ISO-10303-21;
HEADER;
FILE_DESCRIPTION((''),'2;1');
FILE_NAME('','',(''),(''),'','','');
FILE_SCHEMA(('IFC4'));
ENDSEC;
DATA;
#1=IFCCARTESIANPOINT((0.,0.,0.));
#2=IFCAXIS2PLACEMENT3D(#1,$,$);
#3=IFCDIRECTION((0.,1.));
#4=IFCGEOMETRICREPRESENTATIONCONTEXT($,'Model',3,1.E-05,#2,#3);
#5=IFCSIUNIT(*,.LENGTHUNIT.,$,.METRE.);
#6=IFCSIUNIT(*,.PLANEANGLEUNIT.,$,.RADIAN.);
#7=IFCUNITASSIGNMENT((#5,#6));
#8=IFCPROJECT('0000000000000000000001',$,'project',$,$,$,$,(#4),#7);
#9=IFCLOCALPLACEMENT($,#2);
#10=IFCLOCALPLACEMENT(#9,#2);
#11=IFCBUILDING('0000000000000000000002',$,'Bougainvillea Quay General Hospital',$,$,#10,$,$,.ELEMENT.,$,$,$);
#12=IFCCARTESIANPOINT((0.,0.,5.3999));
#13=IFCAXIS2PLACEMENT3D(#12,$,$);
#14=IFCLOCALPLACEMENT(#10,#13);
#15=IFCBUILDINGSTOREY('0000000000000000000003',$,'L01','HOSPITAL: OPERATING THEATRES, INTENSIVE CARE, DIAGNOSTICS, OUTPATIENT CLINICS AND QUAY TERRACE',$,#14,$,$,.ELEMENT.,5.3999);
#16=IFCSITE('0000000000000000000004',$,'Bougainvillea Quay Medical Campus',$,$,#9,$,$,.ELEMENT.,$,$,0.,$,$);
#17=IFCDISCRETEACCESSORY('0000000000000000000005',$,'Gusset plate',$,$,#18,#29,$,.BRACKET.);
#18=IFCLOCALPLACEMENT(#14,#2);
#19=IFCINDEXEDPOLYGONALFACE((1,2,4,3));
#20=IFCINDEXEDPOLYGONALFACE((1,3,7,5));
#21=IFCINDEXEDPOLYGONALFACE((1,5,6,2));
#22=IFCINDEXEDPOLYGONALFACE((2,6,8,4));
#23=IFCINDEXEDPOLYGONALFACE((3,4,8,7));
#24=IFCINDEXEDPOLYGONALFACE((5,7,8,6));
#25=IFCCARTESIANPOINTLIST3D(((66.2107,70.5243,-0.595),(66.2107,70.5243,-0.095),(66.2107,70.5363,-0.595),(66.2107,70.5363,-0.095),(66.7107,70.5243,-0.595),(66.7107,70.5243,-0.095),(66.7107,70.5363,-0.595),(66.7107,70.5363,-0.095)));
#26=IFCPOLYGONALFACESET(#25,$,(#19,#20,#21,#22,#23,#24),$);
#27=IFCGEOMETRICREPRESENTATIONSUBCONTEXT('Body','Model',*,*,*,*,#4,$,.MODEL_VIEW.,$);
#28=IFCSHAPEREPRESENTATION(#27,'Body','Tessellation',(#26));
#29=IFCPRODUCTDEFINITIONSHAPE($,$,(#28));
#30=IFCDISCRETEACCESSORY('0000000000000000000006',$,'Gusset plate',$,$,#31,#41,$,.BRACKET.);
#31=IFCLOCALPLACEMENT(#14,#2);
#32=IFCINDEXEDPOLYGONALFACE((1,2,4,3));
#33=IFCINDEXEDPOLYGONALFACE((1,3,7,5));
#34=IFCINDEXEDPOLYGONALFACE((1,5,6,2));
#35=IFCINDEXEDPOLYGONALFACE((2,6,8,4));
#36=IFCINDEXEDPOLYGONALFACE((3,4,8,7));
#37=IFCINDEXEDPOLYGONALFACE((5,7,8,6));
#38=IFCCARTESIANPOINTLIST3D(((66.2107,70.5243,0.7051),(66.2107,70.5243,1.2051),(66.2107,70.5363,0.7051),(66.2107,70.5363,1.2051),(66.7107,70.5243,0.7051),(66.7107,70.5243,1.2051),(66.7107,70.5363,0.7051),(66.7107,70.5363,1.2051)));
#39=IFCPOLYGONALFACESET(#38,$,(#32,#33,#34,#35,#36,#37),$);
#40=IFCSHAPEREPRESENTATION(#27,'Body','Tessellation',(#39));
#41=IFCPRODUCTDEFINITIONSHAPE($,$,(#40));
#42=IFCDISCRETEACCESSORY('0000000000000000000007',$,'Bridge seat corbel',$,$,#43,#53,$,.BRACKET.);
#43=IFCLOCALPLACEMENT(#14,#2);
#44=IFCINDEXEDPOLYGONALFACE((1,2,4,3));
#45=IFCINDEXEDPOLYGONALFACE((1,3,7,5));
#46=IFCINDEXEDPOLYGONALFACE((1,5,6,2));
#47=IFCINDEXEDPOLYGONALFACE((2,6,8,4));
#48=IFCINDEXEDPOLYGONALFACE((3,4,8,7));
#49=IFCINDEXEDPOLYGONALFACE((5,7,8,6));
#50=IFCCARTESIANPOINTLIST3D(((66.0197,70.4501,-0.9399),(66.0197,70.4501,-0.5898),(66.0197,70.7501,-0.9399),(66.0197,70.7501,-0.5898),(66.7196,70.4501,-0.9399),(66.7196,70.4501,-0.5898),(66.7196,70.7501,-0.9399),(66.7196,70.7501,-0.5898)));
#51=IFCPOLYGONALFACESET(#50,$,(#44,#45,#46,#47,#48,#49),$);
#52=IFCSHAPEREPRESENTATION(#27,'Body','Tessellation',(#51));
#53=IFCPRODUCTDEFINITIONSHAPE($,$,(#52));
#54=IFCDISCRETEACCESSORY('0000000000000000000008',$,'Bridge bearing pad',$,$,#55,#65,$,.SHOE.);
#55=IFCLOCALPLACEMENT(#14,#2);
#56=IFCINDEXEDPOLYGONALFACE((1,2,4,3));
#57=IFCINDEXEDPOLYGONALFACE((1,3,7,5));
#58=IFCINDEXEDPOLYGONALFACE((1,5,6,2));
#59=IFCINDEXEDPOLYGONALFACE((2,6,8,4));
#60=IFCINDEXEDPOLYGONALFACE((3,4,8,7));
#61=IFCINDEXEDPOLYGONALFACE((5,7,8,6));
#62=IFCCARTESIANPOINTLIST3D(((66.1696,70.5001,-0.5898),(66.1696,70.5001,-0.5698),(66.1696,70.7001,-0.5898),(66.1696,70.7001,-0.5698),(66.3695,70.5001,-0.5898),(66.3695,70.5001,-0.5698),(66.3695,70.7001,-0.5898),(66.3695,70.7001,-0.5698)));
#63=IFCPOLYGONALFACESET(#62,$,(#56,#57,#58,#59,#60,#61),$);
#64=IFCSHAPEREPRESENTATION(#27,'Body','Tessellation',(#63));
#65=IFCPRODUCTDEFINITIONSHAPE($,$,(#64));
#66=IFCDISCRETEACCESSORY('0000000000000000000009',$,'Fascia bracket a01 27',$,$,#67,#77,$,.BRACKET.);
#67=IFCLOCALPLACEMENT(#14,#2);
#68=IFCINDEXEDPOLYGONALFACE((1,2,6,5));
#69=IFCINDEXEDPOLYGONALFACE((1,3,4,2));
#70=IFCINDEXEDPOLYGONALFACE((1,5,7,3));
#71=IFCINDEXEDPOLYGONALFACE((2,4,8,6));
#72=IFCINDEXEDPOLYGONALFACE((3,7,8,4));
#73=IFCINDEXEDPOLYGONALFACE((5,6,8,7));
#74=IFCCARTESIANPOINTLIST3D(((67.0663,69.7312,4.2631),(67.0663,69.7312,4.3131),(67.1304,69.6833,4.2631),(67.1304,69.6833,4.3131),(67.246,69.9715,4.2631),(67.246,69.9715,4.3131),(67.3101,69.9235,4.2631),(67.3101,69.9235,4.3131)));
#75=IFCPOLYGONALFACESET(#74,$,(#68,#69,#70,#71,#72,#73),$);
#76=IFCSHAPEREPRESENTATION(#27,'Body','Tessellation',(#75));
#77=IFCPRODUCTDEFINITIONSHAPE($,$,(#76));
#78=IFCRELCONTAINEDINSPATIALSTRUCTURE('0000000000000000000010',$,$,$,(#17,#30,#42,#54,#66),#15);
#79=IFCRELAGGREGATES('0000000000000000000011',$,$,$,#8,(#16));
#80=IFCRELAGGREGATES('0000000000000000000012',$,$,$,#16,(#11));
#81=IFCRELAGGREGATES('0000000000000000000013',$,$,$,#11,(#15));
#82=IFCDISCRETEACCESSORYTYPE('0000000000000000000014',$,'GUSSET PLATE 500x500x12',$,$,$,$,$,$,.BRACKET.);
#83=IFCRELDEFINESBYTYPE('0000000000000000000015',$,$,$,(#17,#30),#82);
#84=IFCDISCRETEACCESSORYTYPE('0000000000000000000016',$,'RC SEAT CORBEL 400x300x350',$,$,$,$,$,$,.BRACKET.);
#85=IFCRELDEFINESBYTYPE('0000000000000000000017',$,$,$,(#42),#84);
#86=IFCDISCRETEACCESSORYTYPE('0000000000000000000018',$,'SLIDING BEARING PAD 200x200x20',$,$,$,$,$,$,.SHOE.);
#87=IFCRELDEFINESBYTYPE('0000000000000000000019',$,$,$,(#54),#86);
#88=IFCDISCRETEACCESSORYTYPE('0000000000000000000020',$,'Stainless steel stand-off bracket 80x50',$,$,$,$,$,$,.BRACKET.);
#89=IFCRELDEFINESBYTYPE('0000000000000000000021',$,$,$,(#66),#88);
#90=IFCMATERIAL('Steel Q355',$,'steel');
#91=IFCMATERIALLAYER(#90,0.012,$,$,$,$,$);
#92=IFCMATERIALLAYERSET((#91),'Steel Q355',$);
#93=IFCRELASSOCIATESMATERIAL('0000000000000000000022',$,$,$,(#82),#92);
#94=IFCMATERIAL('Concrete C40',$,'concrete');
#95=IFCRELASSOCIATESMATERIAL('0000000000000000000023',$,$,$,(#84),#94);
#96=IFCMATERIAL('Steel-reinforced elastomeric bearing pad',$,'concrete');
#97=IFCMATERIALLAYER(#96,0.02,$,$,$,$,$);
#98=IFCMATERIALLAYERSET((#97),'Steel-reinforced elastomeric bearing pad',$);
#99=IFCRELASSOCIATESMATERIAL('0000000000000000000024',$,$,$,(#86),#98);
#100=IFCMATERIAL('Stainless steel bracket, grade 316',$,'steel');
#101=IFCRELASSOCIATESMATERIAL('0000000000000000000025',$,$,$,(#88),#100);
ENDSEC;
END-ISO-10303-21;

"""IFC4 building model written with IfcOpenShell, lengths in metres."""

from ifc_helpers import new_model, si_unit, direction, frame, origin, origin_2d, place, context, subcontext, project, spatial, rectangle, extrude, material, layer, layer_set, material_profile, profile_set, type_object, element, save


model = new_model("IFC4")

# Units and contexts
model_context = context("Model", 3, precision=1e-05, world=origin(), true_north=direction((0.0, 1.0)))
body_context = subcontext(model_context, "Body", "Model", "MODEL_VIEW")
ifc_project = project(units=[si_unit("LENGTHUNIT", "METRE"), si_unit("PLANEANGLEUNIT", "RADIAN")], contexts=[model_context])

# Site, building, storey
site_placement = place(None, origin())
site = spatial("IfcSite", under=ifc_project, at=site_placement, Name="Bougainvillea Quay Medical Campus", CompositionType="ELEMENT", RefElevation=0.0)
building_placement = place(site_placement, origin())
building = spatial("IfcBuilding", under=site, at=building_placement, Name="Bougainvillea Quay General Hospital", CompositionType="ELEMENT")
storey_placement = place(building_placement, frame((0.0, 0.0, 5.3999)))
storey = spatial("IfcBuildingStorey", under=building, at=storey_placement, Name="L01", Description="HOSPITAL: OPERATING THEATRES, INTENSIVE CARE, DIAGNOSTICS, OUTPATIENT CLINICS AND QUAY TERRACE", CompositionType="ELEMENT", Elevation=5.3999)

# Shared definitions
ifc_material_1 = material(Name="Concrete C40", Category="concrete")

# Shared definitions
ifc_material_2 = material(Name="Steel Q355", Category="steel")

# Discrete accessories
ifc_layer_1 = layer(ifc_material_2, 0.012)
ifc_layer_set_1 = layer_set([ifc_layer_1], Name="Steel Q355")
discrete_accessory_type_1 = type_object("IfcDiscreteAccessoryType", Name="GUSSET PLATE 500x500x12", PredefinedType="BRACKET", material=ifc_layer_set_1)
for number, where, z_axis, x_axis, name in (
    (1, (66.4607, 70.5303, -0.595), (0.0, 0.0, 1.0), (1.0, 0.0, 0.0), "Gusset plate"),
    (2, (66.4607, 70.5303, 0.7051), (0.0, 0.0, 1.0), (1.0, 0.0, 0.0), "Gusset plate"),
):
    element("IfcDiscreteAccessory", number, at=place(storey_placement, frame(where, z_axis=z_axis, x_axis=x_axis)), inside=storey, type_object=discrete_accessory_type_1, Name=name, PredefinedType="BRACKET", context=body_context, shape_type="SweptSolid", body=[
        extrude(rectangle(XDim=0.5, YDim=0.012, at=origin_2d()), origin(), (0.0, 0.0, 1.0), 0.5),
    ])
discrete_accessory_type_2 = type_object("IfcDiscreteAccessoryType", Name="RC SEAT CORBEL 400x300x350", PredefinedType="BRACKET", material=ifc_material_1)
discrete_accessory_1_placement = place(storey_placement, frame((66.3696, 70.6001, -0.9399), z_axis=(0.0, 0.0, 1.0), x_axis=(-1.0, 0.0, 0.0)))
element("IfcDiscreteAccessory", 3, at=discrete_accessory_1_placement, inside=storey, type_object=discrete_accessory_type_2, Name="Bridge seat corbel", PredefinedType="BRACKET", context=body_context, shape_type="SweptSolid", body=[
    extrude(rectangle(XDim=0.7, YDim=0.3, at=origin_2d()), origin(), (0.0, 0.0, 1.0), 0.3501),
])
ifc_material_3 = material(Name="Steel-reinforced elastomeric bearing pad", Category="concrete")
ifc_layer_2 = layer(ifc_material_3, 0.02)
ifc_layer_set_2 = layer_set([ifc_layer_2], Name="Steel-reinforced elastomeric bearing pad")
discrete_accessory_type_3 = type_object("IfcDiscreteAccessoryType", Name="SLIDING BEARING PAD 200x200x20", PredefinedType="SHOE", material=ifc_layer_set_2)
discrete_accessory_2_placement = place(storey_placement, frame((66.2695, 70.6001, -0.5898), z_axis=(0.0, 0.0, 1.0), x_axis=(-1.0, 0.0, 0.0)))
element("IfcDiscreteAccessory", 4, at=discrete_accessory_2_placement, inside=storey, type_object=discrete_accessory_type_3, Name="Bridge bearing pad", PredefinedType="SHOE", context=body_context, shape_type="SweptSolid", body=[
    extrude(rectangle(XDim=0.2, YDim=0.2, at=origin_2d()), origin(), (0.0, 0.0, 1.0), 0.02),
])
ifc_material_4 = material(Name="Stainless steel bracket, grade 316", Category="steel")
ifc_material_profile_1 = material_profile(ifc_material_4, rectangle(XDim=0.0801, YDim=0.05, at=origin_2d()))
ifc_profile_set_1 = profile_set([ifc_material_profile_1], Name="Stainless steel bracket, grade 316")
discrete_accessory_type_4 = type_object("IfcDiscreteAccessoryType", Name="Stainless steel stand-off bracket 80x50", PredefinedType="BRACKET", material=ifc_profile_set_1)
discrete_accessory_3_placement = place(storey_placement, frame((67.2781, 69.9475, 4.2881), z_axis=(-0.598958, -0.800781, 0.0), x_axis=(0.800781, -0.598958, 0.0)))
element("IfcDiscreteAccessory", 5, at=discrete_accessory_3_placement, inside=storey, type_object=discrete_accessory_type_4, Name="Fascia bracket a01 27", PredefinedType="BRACKET", context=body_context, shape_type="SweptSolid", body=[
    extrude(rectangle(XDim=0.0801, YDim=0.05, at=origin_2d()), origin(), (0.0, 0.0, 1.0), 0.3),
])

save(model, "model.ifc")
